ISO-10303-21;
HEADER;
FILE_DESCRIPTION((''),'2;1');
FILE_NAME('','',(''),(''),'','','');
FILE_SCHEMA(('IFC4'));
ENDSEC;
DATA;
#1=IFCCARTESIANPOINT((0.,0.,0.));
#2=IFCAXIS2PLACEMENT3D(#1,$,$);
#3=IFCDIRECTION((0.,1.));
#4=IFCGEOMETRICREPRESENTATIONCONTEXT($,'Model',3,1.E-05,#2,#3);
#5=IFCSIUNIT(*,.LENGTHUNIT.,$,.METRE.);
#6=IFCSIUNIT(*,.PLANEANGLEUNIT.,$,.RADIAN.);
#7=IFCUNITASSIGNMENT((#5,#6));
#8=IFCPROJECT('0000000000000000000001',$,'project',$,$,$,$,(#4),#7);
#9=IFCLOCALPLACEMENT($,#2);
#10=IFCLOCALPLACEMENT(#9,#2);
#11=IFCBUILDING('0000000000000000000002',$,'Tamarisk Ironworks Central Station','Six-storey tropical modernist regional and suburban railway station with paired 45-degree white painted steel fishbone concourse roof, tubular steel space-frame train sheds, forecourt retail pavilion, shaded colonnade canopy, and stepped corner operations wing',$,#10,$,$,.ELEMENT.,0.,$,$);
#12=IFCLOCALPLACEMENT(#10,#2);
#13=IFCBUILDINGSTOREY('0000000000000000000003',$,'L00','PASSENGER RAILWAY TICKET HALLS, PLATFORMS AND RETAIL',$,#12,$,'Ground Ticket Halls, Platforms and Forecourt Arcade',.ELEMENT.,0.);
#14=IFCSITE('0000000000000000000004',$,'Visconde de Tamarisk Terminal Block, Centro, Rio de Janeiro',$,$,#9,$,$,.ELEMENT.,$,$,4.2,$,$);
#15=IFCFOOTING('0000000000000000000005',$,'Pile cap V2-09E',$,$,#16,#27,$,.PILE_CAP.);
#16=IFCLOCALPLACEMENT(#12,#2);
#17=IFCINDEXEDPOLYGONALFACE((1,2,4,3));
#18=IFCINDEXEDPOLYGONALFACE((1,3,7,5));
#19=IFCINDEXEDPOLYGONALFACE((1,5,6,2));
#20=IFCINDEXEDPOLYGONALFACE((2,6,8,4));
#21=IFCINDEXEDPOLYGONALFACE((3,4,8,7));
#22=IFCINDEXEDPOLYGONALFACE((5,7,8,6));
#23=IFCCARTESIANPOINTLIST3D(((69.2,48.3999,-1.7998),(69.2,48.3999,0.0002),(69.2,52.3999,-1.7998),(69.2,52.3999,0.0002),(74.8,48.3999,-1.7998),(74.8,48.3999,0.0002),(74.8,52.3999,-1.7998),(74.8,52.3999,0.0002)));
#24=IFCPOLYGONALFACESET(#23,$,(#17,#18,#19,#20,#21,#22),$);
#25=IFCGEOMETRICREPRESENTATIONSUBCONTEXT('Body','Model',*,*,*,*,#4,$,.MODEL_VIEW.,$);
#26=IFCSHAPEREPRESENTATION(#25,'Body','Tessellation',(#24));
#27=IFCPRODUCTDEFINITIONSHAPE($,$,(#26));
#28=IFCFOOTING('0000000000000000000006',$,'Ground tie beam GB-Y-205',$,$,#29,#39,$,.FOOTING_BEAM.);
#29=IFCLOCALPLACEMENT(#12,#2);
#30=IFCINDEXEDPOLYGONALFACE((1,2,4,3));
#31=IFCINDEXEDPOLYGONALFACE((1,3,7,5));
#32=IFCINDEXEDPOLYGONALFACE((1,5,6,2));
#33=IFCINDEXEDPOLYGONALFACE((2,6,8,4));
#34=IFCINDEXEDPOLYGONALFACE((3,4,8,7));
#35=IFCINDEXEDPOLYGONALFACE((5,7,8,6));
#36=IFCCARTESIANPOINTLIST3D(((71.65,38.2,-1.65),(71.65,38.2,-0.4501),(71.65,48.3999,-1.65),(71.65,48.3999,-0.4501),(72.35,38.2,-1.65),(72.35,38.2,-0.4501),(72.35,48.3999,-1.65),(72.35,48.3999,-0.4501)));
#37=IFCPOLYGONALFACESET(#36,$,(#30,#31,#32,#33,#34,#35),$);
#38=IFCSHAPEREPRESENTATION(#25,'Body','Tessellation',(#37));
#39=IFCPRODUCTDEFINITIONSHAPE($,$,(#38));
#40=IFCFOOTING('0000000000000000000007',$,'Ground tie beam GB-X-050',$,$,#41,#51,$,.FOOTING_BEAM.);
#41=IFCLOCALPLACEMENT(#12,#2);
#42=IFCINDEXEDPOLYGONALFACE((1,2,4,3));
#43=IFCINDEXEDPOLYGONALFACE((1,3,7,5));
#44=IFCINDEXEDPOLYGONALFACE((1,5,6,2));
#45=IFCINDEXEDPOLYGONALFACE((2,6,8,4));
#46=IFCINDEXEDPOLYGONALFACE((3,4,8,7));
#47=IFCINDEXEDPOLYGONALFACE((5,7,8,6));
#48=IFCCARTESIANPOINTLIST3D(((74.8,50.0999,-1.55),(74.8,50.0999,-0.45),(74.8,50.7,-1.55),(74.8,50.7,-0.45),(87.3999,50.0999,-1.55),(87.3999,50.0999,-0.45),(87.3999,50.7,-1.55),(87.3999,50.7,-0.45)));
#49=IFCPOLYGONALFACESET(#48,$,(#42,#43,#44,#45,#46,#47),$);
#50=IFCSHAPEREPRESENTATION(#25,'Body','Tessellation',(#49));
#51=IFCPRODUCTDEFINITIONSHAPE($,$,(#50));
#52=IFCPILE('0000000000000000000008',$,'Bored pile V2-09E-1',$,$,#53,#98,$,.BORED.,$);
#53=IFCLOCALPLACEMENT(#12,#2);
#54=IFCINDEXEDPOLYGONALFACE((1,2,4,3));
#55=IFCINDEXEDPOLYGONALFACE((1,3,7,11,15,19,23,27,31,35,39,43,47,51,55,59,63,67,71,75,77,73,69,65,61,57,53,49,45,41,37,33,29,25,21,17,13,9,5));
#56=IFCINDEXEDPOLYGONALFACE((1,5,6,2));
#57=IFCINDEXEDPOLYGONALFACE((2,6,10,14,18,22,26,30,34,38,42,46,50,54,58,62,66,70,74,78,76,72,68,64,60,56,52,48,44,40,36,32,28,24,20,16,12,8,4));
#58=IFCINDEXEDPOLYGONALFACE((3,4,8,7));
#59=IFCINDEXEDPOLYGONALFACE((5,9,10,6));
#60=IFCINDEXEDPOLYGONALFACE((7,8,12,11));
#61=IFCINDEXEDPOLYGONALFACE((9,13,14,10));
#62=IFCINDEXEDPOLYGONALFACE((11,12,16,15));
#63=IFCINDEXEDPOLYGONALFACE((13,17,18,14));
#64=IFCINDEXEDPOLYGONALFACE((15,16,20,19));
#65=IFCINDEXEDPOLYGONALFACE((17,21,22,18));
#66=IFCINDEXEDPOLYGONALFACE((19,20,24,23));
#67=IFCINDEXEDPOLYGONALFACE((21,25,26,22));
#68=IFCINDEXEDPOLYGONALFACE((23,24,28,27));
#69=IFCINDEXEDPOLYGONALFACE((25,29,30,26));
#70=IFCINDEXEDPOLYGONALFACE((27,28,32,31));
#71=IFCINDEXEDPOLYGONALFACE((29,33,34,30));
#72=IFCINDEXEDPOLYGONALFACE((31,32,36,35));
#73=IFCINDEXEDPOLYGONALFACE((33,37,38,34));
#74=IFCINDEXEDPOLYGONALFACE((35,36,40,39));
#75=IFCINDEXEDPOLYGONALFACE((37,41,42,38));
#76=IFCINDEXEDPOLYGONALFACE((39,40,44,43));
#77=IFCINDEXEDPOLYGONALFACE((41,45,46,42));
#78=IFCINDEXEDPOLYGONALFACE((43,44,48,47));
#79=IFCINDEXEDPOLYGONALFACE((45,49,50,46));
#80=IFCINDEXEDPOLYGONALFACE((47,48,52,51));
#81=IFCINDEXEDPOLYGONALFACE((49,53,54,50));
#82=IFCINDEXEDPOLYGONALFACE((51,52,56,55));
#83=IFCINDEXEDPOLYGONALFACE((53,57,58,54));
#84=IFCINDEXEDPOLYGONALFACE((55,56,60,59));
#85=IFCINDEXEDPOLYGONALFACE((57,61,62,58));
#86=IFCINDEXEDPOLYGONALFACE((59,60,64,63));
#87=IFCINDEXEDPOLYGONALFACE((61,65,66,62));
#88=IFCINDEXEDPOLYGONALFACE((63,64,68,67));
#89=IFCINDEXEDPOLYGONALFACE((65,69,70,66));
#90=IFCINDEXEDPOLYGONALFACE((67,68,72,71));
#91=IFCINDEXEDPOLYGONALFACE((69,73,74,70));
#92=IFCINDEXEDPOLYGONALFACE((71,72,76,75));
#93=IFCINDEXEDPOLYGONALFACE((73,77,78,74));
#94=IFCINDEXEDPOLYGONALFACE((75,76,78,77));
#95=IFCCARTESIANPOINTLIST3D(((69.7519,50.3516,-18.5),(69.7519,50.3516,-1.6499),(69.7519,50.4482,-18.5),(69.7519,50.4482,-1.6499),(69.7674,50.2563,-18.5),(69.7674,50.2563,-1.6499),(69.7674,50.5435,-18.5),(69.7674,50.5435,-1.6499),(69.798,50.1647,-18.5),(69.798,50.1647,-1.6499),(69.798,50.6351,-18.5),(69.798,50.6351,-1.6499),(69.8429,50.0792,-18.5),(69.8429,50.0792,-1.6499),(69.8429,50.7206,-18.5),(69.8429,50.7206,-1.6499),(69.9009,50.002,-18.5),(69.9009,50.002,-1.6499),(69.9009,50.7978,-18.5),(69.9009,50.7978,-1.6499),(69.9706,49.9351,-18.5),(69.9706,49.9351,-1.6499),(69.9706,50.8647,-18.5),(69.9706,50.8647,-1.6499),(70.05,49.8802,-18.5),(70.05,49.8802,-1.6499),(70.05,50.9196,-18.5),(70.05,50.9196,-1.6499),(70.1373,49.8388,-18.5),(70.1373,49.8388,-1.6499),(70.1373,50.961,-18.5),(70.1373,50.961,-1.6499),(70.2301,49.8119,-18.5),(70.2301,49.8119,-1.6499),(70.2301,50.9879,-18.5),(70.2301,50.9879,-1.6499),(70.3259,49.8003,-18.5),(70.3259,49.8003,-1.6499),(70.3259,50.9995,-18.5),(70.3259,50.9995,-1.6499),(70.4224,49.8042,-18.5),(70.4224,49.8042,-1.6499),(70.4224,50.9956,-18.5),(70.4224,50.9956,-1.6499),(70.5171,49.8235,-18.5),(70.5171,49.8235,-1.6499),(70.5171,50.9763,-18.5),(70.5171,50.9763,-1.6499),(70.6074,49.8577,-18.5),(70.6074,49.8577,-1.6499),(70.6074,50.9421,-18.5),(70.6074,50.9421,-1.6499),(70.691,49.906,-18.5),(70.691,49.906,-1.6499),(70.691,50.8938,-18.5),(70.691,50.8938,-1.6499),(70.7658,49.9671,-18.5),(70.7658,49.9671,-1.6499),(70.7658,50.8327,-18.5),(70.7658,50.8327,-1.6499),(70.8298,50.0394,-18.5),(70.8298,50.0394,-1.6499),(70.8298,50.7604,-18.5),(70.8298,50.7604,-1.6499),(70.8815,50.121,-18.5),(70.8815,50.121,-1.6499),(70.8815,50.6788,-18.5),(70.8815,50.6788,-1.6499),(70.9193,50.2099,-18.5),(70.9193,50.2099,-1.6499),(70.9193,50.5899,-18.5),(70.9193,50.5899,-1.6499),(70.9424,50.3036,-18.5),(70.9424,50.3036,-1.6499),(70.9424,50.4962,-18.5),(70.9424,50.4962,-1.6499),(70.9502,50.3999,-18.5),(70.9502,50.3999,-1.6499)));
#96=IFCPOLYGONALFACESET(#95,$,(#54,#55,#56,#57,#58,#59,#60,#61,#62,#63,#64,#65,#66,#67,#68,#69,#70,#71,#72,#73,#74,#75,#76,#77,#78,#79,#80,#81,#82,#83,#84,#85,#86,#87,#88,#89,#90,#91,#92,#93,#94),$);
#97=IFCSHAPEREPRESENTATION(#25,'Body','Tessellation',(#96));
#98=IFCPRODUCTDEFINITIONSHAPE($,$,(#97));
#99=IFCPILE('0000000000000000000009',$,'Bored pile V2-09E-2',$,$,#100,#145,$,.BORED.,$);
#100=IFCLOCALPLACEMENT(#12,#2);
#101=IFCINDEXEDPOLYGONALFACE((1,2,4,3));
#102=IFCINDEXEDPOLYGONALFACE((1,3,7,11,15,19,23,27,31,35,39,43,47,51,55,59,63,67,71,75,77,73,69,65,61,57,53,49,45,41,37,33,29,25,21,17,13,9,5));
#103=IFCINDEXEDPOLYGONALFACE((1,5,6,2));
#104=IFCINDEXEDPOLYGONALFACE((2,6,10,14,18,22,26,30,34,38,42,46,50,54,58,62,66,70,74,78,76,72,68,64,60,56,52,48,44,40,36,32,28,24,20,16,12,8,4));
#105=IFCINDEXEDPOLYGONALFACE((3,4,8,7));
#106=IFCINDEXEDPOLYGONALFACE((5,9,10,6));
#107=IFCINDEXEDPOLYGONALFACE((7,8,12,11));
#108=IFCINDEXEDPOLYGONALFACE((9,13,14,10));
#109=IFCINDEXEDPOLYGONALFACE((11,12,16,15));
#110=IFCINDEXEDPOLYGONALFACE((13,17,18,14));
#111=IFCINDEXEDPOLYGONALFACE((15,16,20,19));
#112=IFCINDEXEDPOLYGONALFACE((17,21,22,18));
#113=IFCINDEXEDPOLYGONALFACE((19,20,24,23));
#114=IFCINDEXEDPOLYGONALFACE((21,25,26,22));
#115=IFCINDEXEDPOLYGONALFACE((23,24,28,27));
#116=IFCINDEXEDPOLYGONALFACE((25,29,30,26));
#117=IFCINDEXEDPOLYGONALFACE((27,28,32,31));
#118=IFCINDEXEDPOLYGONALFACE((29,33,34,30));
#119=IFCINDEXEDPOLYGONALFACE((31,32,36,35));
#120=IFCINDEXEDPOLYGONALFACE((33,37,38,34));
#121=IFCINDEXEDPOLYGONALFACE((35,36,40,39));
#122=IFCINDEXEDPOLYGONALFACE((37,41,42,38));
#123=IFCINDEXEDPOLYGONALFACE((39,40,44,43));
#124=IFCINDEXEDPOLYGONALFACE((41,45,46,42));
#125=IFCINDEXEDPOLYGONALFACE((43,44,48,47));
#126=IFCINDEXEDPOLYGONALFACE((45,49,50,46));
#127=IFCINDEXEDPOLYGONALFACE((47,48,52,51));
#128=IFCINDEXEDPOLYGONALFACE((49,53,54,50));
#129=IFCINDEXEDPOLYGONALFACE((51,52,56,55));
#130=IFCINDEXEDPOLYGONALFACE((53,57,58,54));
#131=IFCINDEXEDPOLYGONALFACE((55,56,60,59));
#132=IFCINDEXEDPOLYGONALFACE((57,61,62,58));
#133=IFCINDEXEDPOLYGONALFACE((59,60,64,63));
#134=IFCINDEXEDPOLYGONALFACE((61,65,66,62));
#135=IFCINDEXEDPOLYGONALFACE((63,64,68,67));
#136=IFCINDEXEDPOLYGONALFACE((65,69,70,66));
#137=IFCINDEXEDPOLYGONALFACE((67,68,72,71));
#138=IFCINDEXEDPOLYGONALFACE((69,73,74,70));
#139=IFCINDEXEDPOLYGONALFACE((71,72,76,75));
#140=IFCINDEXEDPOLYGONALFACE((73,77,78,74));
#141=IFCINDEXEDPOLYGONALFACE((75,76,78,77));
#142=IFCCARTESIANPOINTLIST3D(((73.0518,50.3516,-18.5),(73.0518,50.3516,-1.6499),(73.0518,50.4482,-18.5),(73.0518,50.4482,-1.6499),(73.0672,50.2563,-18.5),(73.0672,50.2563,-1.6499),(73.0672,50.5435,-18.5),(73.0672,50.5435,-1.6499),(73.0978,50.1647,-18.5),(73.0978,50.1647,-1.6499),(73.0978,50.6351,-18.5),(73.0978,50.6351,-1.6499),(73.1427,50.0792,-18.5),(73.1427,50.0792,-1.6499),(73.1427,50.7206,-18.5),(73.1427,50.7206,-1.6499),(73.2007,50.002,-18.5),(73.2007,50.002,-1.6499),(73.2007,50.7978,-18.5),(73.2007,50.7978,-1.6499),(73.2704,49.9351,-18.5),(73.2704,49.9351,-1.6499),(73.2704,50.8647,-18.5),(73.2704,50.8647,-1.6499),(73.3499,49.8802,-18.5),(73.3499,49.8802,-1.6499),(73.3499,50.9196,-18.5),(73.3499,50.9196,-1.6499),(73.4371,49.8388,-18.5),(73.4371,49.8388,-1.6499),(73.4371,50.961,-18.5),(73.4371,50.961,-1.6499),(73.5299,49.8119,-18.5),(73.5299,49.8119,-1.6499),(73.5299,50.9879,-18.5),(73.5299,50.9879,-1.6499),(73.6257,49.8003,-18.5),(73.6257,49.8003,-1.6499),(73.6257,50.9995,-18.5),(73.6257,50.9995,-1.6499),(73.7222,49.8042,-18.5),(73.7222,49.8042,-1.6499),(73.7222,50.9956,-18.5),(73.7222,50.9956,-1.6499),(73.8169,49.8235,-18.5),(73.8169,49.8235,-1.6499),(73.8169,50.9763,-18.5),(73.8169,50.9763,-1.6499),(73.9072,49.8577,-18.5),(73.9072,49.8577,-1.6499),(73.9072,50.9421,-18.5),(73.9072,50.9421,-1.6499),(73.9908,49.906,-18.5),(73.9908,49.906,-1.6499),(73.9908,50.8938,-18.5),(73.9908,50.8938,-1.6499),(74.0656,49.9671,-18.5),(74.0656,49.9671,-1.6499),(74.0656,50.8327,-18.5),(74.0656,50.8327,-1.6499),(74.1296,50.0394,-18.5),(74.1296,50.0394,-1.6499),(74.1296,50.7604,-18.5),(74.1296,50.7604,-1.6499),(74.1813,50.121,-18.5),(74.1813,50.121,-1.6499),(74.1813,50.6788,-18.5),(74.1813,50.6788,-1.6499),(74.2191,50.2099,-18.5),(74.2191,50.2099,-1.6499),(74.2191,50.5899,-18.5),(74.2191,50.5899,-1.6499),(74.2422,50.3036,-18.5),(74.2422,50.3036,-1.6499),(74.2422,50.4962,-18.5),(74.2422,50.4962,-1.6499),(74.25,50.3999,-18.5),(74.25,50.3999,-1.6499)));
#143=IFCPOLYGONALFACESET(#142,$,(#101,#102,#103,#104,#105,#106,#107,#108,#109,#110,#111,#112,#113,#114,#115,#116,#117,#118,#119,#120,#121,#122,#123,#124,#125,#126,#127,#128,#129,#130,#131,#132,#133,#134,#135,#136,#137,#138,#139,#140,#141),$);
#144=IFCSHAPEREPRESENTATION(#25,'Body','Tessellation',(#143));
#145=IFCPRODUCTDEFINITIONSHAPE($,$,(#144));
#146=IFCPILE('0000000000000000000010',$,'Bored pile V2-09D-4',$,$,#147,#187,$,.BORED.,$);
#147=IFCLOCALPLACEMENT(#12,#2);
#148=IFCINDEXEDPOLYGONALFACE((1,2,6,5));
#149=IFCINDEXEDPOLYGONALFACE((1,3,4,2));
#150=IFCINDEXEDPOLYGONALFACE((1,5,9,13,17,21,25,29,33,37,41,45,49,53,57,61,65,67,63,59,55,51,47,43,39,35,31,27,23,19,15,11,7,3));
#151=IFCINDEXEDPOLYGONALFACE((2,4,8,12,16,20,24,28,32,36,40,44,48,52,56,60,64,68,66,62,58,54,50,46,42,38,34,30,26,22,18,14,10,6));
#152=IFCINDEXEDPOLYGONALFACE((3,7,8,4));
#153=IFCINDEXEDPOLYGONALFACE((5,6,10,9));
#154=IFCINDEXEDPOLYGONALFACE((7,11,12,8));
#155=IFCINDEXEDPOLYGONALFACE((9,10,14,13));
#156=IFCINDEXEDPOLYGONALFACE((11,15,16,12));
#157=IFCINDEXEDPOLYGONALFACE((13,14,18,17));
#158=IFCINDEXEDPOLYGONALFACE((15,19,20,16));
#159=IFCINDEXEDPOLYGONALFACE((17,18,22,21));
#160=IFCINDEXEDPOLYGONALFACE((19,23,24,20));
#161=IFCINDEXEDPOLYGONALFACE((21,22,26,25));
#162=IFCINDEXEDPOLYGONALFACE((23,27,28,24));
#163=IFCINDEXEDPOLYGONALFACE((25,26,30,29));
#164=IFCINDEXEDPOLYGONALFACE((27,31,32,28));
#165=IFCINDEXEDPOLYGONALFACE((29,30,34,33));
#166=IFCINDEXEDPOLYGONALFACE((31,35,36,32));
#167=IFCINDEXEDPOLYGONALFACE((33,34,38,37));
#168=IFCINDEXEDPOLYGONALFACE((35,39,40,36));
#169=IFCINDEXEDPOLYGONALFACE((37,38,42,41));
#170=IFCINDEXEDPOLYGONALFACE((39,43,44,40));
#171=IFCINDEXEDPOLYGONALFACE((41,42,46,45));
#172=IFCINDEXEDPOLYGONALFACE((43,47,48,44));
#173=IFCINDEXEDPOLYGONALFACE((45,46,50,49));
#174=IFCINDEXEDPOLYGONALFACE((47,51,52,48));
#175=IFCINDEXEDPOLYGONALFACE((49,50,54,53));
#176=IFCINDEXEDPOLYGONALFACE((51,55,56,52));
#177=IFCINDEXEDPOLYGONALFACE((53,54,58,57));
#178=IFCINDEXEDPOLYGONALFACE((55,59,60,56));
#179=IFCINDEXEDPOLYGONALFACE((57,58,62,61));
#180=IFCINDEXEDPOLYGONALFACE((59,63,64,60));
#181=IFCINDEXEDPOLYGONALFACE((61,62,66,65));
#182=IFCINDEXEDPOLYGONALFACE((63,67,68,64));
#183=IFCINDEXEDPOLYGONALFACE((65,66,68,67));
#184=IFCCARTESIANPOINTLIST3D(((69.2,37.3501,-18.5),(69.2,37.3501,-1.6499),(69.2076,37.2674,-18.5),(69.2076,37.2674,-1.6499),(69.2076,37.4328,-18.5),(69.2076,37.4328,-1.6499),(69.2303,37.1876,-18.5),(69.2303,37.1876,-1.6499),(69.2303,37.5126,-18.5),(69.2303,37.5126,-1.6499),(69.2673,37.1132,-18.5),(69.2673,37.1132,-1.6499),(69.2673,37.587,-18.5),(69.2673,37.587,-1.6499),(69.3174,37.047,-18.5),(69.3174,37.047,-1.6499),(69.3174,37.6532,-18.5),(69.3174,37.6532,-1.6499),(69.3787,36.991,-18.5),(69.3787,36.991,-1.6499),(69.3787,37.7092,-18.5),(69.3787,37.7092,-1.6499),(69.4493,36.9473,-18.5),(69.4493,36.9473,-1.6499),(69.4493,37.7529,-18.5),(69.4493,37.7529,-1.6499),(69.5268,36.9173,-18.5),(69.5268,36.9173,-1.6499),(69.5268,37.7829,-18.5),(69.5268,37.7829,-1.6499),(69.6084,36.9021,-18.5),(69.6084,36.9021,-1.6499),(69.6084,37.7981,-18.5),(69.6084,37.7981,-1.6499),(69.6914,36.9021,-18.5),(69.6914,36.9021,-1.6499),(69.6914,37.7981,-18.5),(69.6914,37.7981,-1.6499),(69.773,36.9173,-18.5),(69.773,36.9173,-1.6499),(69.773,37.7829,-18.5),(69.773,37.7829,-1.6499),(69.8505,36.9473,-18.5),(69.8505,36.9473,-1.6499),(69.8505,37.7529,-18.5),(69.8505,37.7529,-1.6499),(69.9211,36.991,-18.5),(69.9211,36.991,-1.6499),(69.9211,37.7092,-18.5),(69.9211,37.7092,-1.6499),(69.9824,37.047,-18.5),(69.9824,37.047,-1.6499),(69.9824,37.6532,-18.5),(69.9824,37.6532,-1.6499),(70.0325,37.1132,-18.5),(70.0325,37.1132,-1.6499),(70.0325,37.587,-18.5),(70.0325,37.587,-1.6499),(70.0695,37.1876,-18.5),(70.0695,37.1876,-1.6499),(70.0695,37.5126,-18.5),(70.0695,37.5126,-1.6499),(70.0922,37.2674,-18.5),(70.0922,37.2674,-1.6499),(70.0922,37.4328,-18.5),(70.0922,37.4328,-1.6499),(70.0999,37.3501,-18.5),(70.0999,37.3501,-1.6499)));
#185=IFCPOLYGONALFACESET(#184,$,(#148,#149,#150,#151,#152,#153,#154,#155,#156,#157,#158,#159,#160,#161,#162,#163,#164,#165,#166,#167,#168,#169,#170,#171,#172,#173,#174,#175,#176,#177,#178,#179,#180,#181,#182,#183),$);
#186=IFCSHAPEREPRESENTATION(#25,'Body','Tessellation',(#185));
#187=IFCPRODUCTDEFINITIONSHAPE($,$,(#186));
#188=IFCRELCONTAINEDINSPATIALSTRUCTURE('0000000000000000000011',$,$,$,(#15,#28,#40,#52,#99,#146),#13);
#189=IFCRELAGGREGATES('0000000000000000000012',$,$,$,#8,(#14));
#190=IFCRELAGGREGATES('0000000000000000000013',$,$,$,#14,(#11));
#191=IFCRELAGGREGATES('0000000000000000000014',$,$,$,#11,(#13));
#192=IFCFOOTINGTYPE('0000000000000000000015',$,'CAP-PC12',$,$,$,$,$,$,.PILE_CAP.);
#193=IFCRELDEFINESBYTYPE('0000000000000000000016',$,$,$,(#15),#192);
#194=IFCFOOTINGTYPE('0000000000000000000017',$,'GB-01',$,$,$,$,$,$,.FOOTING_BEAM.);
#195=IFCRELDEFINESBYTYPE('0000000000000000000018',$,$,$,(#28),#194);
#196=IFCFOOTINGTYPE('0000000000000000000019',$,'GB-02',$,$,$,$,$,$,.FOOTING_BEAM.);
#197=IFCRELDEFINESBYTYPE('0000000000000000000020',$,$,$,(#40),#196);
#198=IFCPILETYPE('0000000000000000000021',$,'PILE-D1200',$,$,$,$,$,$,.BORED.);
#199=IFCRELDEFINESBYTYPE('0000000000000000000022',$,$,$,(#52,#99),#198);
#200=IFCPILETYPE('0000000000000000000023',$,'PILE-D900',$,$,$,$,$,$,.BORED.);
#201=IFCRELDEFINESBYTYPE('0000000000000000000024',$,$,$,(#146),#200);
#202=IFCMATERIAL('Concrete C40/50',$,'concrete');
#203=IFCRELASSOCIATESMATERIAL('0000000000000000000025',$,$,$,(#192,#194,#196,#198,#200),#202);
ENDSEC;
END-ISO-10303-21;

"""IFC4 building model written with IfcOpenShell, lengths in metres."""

from ifc_helpers import new_model, si_unit, direction, frame, origin, origin_2d, place, context, subcontext, project, spatial, rectangle, circle, extrude, material, material_profile, profile_set, type_object, element, save


model = new_model("IFC4")

# Units and contexts
model_context = context("Model", 3, precision=1e-05, world=origin(), true_north=direction((0.0, 1.0)))
body_context = subcontext(model_context, "Body", "Model", "MODEL_VIEW")
ifc_project = project(units=[si_unit("LENGTHUNIT", "METRE"), si_unit("PLANEANGLEUNIT", "RADIAN")], contexts=[model_context])

# Site, building, storey
site_placement = place(None, origin())
site = spatial("IfcSite", under=ifc_project, at=site_placement, Name="Visconde de Tamarisk Terminal Block, Centro, Rio de Janeiro", CompositionType="ELEMENT", RefElevation=4.2)
building_placement = place(site_placement, origin())
building = spatial("IfcBuilding", under=site, at=building_placement, Name="Tamarisk Ironworks Central Station", Description="Six-storey tropical modernist regional and suburban railway station with paired 45-degree white painted steel fishbone concourse roof, tubular steel space-frame train sheds, forecourt retail pavilion, shaded colonnade canopy, and stepped corner operations wing", CompositionType="ELEMENT", ElevationOfRefHeight=0.0)
storey_placement = place(building_placement, origin())
storey = spatial("IfcBuildingStorey", under=building, at=storey_placement, Name="L00", Description="PASSENGER RAILWAY TICKET HALLS, PLATFORMS AND RETAIL", LongName="Ground Ticket Halls, Platforms and Forecourt Arcade", CompositionType="ELEMENT", Elevation=0.0)

# Footings
ifc_material_1 = material(Name="Concrete C40/50", Category="concrete")
footing_type_1 = type_object("IfcFootingType", Name="CAP-PC12", PredefinedType="PILE_CAP", material=ifc_material_1)
footing_1_placement = place(storey_placement, frame((72.0, 50.3999, -1.7998), z_axis=(0.0, 0.0, 1.0), x_axis=(1.0, 0.0, 0.0)))
element("IfcFooting", 1, at=footing_1_placement, inside=storey, type_object=footing_type_1, Name="Pile cap V2-09E", PredefinedType="PILE_CAP", context=body_context, shape_type="SweptSolid", body=[
    extrude(rectangle(XDim=5.6001, YDim=4.0, at=origin_2d()), origin(), (0.0, 0.0, 1.0), 1.8),
])
ifc_material_profile_1 = material_profile(ifc_material_1, rectangle(XDim=0.7, YDim=1.2, at=origin_2d()), Name="GB01 700x1200")
ifc_profile_set_1 = profile_set([ifc_material_profile_1], Name="Concrete C40/50")
footing_type_2 = type_object("IfcFootingType", Name="GB-01", PredefinedType="FOOTING_BEAM", material=ifc_profile_set_1)
footing_2_placement = place(storey_placement, frame((72.0, 38.2, -1.05), z_axis=(0.0, 1.0, 0.0), x_axis=(-1.0, 0.0, 0.0)))
element("IfcFooting", 2, at=footing_2_placement, inside=storey, type_object=footing_type_2, Name="Ground tie beam GB-Y-205", PredefinedType="FOOTING_BEAM", context=body_context, shape_type="SweptSolid", body=[
    extrude(rectangle(XDim=0.7, YDim=1.2, at=origin_2d()), origin(), (0.0, 0.0, 1.0), 10.2),
])
ifc_material_profile_2 = material_profile(ifc_material_1, rectangle(XDim=0.6001, YDim=1.1001, at=origin_2d()), Name="GB02 600x1100")
ifc_profile_set_2 = profile_set([ifc_material_profile_2], Name="Concrete C40/50")
footing_type_3 = type_object("IfcFootingType", Name="GB-02", PredefinedType="FOOTING_BEAM", material=ifc_profile_set_2)
footing_3_placement = place(storey_placement, frame((74.8, 50.3999, -1.0), z_axis=(1.0, 0.0, 0.0), x_axis=(0.0, 1.0, 0.0)))
element("IfcFooting", 3, at=footing_3_placement, inside=storey, type_object=footing_type_3, Name="Ground tie beam GB-X-050", PredefinedType="FOOTING_BEAM", context=body_context, shape_type="SweptSolid", body=[
    extrude(rectangle(XDim=0.6001, YDim=1.1001, at=origin_2d()), origin(), (0.0, 0.0, 1.0), 12.5999),
])

# Piles
ifc_material_profile_3 = material_profile(ifc_material_1, circle(Radius=0.6001, at=origin_2d()), Name="BORED PILE D1200")
ifc_profile_set_3 = profile_set([ifc_material_profile_3], Name="Concrete C40/50")
pile_type_1 = type_object("IfcPileType", Name="PILE-D1200", PredefinedType="BORED", material=ifc_profile_set_3)
for number, where, z_axis, x_axis, name in (
    (4, (70.3501, 50.3999, -1.6499), (0.0, 0.0, -1.0), (1.0, 0.0, 0.0), "Bored pile V2-09E-1"),
    (5, (73.6499, 50.3999, -1.6499), (0.0, 0.0, -1.0), (1.0, 0.0, 0.0), "Bored pile V2-09E-2"),
):
    element("IfcPile", number, at=place(storey_placement, frame(where, z_axis=z_axis, x_axis=x_axis)), inside=storey, type_object=pile_type_1, Name=name, PredefinedType="BORED", context=body_context, shape_type="SweptSolid", body=[
        extrude(circle(Radius=0.6001, at=origin_2d()), origin(), (0.0, 0.0, 1.0), 16.8501),
    ])
ifc_material_profile_4 = material_profile(ifc_material_1, circle(Radius=0.45, at=origin_2d()), Name="BORED PILE D900")
ifc_profile_set_4 = profile_set([ifc_material_profile_4], Name="Concrete C40/50")
pile_type_2 = type_object("IfcPileType", Name="PILE-D900", PredefinedType="BORED", material=ifc_profile_set_4)
for number, where, z_axis, x_axis, name in (
    (6, (69.6499, 37.3501, -1.6499), (0.0, 0.0, -1.0), (1.0, 0.0, 0.0), "Bored pile V2-09D-4"),
):
    element("IfcPile", number, at=place(storey_placement, frame(where, z_axis=z_axis, x_axis=x_axis)), inside=storey, type_object=pile_type_2, Name=name, PredefinedType="BORED", context=body_context, shape_type="SweptSolid", body=[
        extrude(circle(Radius=0.45, at=origin_2d()), origin(), (0.0, 0.0, 1.0), 16.8501),
    ])

save(model, "model.ifc")
